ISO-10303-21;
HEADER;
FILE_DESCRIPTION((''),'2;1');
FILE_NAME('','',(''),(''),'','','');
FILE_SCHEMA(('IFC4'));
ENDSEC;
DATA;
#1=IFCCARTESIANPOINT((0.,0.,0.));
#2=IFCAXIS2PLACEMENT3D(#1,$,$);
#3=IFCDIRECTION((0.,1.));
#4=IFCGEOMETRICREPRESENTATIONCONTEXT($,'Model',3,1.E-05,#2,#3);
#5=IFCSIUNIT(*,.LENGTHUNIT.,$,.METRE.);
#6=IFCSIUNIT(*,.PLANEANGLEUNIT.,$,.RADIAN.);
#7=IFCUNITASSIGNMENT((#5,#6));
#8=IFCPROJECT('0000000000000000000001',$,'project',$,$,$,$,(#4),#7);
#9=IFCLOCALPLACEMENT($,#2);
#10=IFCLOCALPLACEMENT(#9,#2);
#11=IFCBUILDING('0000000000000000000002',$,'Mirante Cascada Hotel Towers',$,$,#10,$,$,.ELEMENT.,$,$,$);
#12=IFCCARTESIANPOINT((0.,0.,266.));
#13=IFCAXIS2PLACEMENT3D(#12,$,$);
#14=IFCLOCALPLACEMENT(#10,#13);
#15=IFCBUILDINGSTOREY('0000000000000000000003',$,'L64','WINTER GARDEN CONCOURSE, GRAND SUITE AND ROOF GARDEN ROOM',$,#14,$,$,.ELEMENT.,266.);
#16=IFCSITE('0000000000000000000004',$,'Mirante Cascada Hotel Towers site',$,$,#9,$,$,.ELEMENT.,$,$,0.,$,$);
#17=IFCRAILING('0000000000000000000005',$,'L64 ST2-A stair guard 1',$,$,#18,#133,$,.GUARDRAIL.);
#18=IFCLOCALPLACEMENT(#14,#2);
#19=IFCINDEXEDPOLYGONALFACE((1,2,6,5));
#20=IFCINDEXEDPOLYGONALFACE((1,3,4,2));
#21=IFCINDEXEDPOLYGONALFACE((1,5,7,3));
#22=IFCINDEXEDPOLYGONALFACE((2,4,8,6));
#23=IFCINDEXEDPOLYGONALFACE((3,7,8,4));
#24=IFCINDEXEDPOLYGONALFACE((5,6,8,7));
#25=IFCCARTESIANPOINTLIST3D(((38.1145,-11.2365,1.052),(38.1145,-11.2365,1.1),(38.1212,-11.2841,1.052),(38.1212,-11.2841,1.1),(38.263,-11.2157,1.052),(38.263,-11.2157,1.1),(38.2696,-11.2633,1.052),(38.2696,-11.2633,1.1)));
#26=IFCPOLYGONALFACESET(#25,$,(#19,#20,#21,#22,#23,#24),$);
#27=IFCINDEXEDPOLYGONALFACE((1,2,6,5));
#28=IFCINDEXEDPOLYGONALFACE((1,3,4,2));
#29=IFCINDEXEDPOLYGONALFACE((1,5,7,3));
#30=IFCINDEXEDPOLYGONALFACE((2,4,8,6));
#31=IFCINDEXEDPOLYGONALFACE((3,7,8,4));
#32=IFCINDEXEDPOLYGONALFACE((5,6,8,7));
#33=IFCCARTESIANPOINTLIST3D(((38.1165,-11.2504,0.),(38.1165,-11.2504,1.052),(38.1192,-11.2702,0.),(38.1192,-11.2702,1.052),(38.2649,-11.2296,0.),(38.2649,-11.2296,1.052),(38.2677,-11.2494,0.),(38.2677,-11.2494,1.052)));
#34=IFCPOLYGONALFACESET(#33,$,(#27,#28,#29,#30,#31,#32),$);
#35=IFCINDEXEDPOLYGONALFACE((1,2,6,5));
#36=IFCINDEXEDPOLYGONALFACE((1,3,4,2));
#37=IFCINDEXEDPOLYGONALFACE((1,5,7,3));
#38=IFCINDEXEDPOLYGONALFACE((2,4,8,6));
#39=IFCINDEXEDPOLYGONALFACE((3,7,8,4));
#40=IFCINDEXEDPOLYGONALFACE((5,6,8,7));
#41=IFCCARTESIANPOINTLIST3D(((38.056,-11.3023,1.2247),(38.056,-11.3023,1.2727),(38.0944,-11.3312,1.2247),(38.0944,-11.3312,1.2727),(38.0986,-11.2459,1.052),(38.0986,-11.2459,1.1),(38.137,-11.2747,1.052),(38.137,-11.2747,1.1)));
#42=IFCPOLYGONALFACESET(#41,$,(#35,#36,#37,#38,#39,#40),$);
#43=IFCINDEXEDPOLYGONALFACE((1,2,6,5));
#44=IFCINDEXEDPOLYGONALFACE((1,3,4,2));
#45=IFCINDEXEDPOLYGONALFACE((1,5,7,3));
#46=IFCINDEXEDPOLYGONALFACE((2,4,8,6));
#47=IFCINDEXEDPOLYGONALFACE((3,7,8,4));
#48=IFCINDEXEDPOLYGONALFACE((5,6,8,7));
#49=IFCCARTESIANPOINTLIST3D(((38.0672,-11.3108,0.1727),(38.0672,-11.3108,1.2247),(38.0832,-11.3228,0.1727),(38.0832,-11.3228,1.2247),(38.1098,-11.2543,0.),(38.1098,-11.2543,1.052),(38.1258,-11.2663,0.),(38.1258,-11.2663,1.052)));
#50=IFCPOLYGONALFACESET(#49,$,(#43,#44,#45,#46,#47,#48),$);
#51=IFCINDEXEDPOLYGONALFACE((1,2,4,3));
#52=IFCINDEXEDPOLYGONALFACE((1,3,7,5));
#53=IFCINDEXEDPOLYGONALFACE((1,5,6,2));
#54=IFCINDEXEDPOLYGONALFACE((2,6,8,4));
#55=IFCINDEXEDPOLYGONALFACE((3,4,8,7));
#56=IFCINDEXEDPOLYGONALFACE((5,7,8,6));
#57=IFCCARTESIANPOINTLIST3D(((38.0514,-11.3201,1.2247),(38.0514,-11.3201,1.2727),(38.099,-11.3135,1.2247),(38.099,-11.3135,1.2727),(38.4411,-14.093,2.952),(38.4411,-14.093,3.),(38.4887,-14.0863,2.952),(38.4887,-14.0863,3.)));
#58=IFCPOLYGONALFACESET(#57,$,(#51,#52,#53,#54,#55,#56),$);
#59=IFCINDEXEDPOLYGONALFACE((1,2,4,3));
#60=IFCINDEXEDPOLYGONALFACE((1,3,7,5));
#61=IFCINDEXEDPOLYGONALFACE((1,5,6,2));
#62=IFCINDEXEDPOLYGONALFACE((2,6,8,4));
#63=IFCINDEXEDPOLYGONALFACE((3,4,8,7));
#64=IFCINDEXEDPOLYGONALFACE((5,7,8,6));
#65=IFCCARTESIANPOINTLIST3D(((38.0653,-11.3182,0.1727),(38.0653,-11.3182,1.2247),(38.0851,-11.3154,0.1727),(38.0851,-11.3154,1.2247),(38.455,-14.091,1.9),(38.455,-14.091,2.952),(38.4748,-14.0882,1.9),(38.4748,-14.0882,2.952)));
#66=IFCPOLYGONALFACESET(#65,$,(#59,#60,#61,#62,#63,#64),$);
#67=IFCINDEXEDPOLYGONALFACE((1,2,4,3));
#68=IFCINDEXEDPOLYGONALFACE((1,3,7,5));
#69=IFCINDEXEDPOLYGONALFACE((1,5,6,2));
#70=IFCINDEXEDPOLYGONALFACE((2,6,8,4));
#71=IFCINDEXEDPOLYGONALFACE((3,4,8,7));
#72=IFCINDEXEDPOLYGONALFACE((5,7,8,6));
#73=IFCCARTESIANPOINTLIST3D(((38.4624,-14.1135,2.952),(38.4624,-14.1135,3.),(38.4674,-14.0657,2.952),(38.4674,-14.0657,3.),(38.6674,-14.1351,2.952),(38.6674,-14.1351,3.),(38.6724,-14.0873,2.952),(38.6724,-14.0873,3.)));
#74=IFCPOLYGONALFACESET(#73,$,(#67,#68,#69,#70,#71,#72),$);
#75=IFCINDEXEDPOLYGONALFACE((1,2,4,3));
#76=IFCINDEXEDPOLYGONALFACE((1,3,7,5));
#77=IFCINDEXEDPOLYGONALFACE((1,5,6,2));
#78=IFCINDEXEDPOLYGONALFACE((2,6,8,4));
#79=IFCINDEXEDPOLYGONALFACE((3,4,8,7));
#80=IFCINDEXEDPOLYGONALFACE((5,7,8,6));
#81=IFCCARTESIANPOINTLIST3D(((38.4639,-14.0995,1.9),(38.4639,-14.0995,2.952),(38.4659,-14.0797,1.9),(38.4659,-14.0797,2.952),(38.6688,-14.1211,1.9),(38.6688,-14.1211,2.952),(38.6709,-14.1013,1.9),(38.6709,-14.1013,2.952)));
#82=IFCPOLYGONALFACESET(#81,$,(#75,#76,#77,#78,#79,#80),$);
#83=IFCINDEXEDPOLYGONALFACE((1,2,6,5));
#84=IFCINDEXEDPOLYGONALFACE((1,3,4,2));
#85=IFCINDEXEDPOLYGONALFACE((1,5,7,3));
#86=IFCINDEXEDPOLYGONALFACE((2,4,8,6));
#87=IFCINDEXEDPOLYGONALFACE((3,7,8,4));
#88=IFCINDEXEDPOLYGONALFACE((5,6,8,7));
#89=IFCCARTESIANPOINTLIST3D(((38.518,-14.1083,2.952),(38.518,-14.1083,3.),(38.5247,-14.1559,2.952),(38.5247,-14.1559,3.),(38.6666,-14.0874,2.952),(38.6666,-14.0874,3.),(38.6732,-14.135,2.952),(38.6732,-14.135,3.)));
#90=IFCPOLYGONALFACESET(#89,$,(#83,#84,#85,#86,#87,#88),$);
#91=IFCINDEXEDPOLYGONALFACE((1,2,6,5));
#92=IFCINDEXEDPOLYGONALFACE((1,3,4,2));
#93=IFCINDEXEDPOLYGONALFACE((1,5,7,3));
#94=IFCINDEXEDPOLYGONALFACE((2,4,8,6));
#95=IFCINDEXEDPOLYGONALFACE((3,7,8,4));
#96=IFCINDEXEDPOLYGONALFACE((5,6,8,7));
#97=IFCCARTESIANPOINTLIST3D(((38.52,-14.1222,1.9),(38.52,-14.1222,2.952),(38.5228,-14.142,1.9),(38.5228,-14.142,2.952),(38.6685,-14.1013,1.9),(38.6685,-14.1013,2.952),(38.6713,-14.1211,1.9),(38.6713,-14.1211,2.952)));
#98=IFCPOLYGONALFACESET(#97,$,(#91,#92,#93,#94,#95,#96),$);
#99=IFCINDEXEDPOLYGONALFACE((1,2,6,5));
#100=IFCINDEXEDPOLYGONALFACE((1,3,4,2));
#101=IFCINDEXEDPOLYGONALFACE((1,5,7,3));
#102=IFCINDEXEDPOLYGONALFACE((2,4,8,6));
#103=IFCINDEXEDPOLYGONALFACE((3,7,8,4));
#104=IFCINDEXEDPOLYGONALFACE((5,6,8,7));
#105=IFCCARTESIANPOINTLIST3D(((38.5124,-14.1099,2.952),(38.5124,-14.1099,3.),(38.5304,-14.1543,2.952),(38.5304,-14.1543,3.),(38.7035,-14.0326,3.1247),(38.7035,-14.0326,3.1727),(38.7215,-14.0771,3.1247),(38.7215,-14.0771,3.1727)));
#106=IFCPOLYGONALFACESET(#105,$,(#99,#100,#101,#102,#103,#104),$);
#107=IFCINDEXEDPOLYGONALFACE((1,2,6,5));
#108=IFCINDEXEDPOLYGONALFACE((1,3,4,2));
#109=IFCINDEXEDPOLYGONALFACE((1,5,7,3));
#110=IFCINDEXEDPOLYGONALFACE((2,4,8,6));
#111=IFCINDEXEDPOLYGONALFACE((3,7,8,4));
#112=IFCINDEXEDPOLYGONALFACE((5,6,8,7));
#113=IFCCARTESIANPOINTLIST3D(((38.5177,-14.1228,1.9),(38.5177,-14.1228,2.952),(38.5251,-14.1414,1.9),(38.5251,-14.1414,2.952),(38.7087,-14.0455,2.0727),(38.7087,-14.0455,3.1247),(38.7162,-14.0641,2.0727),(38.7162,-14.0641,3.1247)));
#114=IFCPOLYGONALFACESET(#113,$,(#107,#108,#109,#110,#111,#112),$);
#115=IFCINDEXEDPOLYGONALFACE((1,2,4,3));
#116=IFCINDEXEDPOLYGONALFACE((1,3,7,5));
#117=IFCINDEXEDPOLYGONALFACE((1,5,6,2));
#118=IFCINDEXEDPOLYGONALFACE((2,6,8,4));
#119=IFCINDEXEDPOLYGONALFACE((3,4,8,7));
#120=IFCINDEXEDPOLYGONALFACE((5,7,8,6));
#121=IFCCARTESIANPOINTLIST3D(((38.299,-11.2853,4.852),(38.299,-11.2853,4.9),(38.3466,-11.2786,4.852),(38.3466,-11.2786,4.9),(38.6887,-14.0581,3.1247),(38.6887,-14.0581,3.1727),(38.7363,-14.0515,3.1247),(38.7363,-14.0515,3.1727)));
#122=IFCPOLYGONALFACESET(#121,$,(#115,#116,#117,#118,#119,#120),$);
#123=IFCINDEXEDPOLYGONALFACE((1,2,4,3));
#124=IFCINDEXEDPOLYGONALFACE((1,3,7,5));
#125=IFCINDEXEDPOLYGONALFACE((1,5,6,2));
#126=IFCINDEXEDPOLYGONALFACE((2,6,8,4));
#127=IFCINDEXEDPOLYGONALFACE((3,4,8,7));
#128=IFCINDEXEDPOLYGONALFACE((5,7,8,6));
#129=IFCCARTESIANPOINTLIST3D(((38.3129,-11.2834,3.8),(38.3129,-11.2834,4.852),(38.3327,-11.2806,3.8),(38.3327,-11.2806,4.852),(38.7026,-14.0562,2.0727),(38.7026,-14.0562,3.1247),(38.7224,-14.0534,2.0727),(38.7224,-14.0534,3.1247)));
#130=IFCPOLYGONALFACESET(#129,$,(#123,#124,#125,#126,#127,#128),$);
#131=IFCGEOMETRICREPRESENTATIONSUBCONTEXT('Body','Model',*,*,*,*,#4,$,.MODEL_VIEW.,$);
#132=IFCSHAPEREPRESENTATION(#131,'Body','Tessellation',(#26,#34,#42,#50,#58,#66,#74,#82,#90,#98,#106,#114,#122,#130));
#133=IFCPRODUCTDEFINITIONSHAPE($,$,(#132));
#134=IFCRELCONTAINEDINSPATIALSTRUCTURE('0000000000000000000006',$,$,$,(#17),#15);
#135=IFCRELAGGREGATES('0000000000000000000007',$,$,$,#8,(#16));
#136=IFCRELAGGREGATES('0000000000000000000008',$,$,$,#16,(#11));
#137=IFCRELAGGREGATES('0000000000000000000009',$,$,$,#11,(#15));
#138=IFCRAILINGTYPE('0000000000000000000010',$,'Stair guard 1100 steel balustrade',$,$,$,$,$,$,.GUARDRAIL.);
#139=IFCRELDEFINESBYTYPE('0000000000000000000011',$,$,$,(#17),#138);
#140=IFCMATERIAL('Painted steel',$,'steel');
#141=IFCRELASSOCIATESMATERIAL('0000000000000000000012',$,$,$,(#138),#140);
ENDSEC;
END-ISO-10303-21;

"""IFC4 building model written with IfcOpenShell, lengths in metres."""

from ifc_helpers import new_model, si_unit, direction, frame, origin, origin_2d, place, context, subcontext, project, spatial, rectangle, extrude, material, type_object, element, save


model = new_model("IFC4")

# Units and contexts
model_context = context("Model", 3, precision=1e-05, world=origin(), true_north=direction((0.0, 1.0)))
body_context = subcontext(model_context, "Body", "Model", "MODEL_VIEW")
ifc_project = project(units=[si_unit("LENGTHUNIT", "METRE"), si_unit("PLANEANGLEUNIT", "RADIAN")], contexts=[model_context])

# Site, building, storey
site_placement = place(None, origin())
site = spatial("IfcSite", under=ifc_project, at=site_placement, Name="Mirante Cascada Hotel Towers site", CompositionType="ELEMENT", RefElevation=0.0)
building_placement = place(site_placement, origin())
building = spatial("IfcBuilding", under=site, at=building_placement, Name="Mirante Cascada Hotel Towers", CompositionType="ELEMENT")
storey_placement = place(building_placement, frame((0.0, 0.0, 266.0)))
storey = spatial("IfcBuildingStorey", under=building, at=storey_placement, Name="L64", Description="WINTER GARDEN CONCOURSE, GRAND SUITE AND ROOF GARDEN ROOM", CompositionType="ELEMENT", Elevation=266.0)

# Railing
ifc_material_1 = material(Name="Painted steel", Category="steel")
railing_type_1 = type_object("IfcRailingType", Name="Stair guard 1100 steel balustrade", PredefinedType="GUARDRAIL", material=ifc_material_1)
railing_1_placement = place(storey_placement, frame((38.2663, -11.2395, 0.0)))
element("IfcRailing", 1, at=railing_1_placement, inside=storey, type_object=railing_type_1, Name="L64 ST2-A stair guard 1", PredefinedType="GUARDRAIL", context=body_context, shape_type="SweptSolid", body=[
    extrude(rectangle(XDim=0.048, YDim=0.048, at=origin_2d()), frame((0.0, 0.0, 1.076), z_axis=(-0.990333, -0.138713, 0.0), x_axis=(0.138713, -0.990333, 0.0)), (0.0, 0.0, 1.0), 0.1499),
    extrude(rectangle(XDim=0.02, YDim=1.052, at=origin_2d()), frame((0.0, 0.0, 0.526), z_axis=(-0.990333, -0.138713, 0.0), x_axis=(0.138713, -0.990333, 0.0)), (0.0, 0.0, 1.0), 0.1499),
    extrude(rectangle(XDim=0.048, YDim=0.048, at=origin_2d()), frame((-0.1485, -0.0208, 1.076), z_axis=(-0.602033, -0.798471, 0.0), x_axis=(0.798471, -0.602033, 0.0)), (0.0, 0.92534, 0.379139), 0.1866),
    extrude(rectangle(XDim=0.02, YDim=1.052, at=origin_2d()), frame((-0.1485, -0.0208, 0.526), z_axis=(-0.602033, -0.798471, 0.0), x_axis=(0.798471, -0.602033, 0.0)), (0.0, 0.92534, 0.379139), 0.1866),
    extrude(rectangle(XDim=0.048, YDim=0.048, at=origin_2d()), frame((-0.1911, -0.0773, 1.2487), z_axis=(0.139176, -0.990268, 0.0), x_axis=(0.990268, 0.139176, 0.0)), (0.0, 0.525021, 0.851089), 3.29),
    extrude(rectangle(XDim=0.02, YDim=1.052, at=origin_2d()), frame((-0.1911, -0.0773, 0.6987), z_axis=(0.139176, -0.990268, 0.0), x_axis=(0.990268, 0.139176, 0.0)), (0.0, 0.525021, 0.851089), 3.29),
    extrude(rectangle(XDim=0.048, YDim=0.048, at=origin_2d()), frame((0.1986, -2.8501, 2.976), z_axis=(0.994495, -0.104786, 0.0), x_axis=(0.104786, 0.994495, 0.0)), (0.0, 0.0, 1.0), 0.2061),
    extrude(rectangle(XDim=0.02, YDim=1.052, at=origin_2d()), frame((0.1986, -2.8501, 2.426), z_axis=(0.994495, -0.104786, 0.0), x_axis=(0.104786, 0.994495, 0.0)), (0.0, 0.0, 1.0), 0.2061),
    extrude(rectangle(XDim=0.048, YDim=0.048, at=origin_2d()), frame((0.4036, -2.8717, 2.976), z_axis=(-0.990241, -0.139367, 0.0), x_axis=(0.139367, -0.990241, 0.0)), (0.0, 0.0, 1.0), 0.15),
    extrude(rectangle(XDim=0.02, YDim=1.052, at=origin_2d()), frame((0.4036, -2.8717, 2.426), z_axis=(-0.990241, -0.139367, 0.0), x_axis=(0.139367, -0.990241, 0.0)), (0.0, 0.0, 1.0), 0.15),
    extrude(rectangle(XDim=0.048, YDim=0.048, at=origin_2d()), frame((0.2551, -2.8926, 2.976), z_axis=(0.927031, 0.374984, 0.0), x_axis=(-0.374984, 0.927031, 0.0)), (0.0, 0.64219, 0.766545), 0.2689),
    extrude(rectangle(XDim=0.02, YDim=1.052, at=origin_2d()), frame((0.2551, -2.8926, 2.426), z_axis=(0.927031, 0.374984, 0.0), x_axis=(-0.374984, 0.927031, 0.0)), (0.0, 0.64219, 0.766545), 0.2689),
    extrude(rectangle(XDim=0.048, YDim=0.048, at=origin_2d()), frame((0.4462, -2.8153, 3.1487), z_axis=(-0.139176, 0.990268, 0.0), x_axis=(-0.990268, -0.139176, 0.0)), (0.0, 0.525021, 0.851089), 3.29),
    extrude(rectangle(XDim=0.02, YDim=1.052, at=origin_2d()), frame((0.4462, -2.8153, 2.5987), z_axis=(-0.139176, 0.990268, 0.0), x_axis=(-0.990268, -0.139176, 0.0)), (0.0, 0.525021, 0.851089), 3.29),
])

save(model, "model.ifc")
